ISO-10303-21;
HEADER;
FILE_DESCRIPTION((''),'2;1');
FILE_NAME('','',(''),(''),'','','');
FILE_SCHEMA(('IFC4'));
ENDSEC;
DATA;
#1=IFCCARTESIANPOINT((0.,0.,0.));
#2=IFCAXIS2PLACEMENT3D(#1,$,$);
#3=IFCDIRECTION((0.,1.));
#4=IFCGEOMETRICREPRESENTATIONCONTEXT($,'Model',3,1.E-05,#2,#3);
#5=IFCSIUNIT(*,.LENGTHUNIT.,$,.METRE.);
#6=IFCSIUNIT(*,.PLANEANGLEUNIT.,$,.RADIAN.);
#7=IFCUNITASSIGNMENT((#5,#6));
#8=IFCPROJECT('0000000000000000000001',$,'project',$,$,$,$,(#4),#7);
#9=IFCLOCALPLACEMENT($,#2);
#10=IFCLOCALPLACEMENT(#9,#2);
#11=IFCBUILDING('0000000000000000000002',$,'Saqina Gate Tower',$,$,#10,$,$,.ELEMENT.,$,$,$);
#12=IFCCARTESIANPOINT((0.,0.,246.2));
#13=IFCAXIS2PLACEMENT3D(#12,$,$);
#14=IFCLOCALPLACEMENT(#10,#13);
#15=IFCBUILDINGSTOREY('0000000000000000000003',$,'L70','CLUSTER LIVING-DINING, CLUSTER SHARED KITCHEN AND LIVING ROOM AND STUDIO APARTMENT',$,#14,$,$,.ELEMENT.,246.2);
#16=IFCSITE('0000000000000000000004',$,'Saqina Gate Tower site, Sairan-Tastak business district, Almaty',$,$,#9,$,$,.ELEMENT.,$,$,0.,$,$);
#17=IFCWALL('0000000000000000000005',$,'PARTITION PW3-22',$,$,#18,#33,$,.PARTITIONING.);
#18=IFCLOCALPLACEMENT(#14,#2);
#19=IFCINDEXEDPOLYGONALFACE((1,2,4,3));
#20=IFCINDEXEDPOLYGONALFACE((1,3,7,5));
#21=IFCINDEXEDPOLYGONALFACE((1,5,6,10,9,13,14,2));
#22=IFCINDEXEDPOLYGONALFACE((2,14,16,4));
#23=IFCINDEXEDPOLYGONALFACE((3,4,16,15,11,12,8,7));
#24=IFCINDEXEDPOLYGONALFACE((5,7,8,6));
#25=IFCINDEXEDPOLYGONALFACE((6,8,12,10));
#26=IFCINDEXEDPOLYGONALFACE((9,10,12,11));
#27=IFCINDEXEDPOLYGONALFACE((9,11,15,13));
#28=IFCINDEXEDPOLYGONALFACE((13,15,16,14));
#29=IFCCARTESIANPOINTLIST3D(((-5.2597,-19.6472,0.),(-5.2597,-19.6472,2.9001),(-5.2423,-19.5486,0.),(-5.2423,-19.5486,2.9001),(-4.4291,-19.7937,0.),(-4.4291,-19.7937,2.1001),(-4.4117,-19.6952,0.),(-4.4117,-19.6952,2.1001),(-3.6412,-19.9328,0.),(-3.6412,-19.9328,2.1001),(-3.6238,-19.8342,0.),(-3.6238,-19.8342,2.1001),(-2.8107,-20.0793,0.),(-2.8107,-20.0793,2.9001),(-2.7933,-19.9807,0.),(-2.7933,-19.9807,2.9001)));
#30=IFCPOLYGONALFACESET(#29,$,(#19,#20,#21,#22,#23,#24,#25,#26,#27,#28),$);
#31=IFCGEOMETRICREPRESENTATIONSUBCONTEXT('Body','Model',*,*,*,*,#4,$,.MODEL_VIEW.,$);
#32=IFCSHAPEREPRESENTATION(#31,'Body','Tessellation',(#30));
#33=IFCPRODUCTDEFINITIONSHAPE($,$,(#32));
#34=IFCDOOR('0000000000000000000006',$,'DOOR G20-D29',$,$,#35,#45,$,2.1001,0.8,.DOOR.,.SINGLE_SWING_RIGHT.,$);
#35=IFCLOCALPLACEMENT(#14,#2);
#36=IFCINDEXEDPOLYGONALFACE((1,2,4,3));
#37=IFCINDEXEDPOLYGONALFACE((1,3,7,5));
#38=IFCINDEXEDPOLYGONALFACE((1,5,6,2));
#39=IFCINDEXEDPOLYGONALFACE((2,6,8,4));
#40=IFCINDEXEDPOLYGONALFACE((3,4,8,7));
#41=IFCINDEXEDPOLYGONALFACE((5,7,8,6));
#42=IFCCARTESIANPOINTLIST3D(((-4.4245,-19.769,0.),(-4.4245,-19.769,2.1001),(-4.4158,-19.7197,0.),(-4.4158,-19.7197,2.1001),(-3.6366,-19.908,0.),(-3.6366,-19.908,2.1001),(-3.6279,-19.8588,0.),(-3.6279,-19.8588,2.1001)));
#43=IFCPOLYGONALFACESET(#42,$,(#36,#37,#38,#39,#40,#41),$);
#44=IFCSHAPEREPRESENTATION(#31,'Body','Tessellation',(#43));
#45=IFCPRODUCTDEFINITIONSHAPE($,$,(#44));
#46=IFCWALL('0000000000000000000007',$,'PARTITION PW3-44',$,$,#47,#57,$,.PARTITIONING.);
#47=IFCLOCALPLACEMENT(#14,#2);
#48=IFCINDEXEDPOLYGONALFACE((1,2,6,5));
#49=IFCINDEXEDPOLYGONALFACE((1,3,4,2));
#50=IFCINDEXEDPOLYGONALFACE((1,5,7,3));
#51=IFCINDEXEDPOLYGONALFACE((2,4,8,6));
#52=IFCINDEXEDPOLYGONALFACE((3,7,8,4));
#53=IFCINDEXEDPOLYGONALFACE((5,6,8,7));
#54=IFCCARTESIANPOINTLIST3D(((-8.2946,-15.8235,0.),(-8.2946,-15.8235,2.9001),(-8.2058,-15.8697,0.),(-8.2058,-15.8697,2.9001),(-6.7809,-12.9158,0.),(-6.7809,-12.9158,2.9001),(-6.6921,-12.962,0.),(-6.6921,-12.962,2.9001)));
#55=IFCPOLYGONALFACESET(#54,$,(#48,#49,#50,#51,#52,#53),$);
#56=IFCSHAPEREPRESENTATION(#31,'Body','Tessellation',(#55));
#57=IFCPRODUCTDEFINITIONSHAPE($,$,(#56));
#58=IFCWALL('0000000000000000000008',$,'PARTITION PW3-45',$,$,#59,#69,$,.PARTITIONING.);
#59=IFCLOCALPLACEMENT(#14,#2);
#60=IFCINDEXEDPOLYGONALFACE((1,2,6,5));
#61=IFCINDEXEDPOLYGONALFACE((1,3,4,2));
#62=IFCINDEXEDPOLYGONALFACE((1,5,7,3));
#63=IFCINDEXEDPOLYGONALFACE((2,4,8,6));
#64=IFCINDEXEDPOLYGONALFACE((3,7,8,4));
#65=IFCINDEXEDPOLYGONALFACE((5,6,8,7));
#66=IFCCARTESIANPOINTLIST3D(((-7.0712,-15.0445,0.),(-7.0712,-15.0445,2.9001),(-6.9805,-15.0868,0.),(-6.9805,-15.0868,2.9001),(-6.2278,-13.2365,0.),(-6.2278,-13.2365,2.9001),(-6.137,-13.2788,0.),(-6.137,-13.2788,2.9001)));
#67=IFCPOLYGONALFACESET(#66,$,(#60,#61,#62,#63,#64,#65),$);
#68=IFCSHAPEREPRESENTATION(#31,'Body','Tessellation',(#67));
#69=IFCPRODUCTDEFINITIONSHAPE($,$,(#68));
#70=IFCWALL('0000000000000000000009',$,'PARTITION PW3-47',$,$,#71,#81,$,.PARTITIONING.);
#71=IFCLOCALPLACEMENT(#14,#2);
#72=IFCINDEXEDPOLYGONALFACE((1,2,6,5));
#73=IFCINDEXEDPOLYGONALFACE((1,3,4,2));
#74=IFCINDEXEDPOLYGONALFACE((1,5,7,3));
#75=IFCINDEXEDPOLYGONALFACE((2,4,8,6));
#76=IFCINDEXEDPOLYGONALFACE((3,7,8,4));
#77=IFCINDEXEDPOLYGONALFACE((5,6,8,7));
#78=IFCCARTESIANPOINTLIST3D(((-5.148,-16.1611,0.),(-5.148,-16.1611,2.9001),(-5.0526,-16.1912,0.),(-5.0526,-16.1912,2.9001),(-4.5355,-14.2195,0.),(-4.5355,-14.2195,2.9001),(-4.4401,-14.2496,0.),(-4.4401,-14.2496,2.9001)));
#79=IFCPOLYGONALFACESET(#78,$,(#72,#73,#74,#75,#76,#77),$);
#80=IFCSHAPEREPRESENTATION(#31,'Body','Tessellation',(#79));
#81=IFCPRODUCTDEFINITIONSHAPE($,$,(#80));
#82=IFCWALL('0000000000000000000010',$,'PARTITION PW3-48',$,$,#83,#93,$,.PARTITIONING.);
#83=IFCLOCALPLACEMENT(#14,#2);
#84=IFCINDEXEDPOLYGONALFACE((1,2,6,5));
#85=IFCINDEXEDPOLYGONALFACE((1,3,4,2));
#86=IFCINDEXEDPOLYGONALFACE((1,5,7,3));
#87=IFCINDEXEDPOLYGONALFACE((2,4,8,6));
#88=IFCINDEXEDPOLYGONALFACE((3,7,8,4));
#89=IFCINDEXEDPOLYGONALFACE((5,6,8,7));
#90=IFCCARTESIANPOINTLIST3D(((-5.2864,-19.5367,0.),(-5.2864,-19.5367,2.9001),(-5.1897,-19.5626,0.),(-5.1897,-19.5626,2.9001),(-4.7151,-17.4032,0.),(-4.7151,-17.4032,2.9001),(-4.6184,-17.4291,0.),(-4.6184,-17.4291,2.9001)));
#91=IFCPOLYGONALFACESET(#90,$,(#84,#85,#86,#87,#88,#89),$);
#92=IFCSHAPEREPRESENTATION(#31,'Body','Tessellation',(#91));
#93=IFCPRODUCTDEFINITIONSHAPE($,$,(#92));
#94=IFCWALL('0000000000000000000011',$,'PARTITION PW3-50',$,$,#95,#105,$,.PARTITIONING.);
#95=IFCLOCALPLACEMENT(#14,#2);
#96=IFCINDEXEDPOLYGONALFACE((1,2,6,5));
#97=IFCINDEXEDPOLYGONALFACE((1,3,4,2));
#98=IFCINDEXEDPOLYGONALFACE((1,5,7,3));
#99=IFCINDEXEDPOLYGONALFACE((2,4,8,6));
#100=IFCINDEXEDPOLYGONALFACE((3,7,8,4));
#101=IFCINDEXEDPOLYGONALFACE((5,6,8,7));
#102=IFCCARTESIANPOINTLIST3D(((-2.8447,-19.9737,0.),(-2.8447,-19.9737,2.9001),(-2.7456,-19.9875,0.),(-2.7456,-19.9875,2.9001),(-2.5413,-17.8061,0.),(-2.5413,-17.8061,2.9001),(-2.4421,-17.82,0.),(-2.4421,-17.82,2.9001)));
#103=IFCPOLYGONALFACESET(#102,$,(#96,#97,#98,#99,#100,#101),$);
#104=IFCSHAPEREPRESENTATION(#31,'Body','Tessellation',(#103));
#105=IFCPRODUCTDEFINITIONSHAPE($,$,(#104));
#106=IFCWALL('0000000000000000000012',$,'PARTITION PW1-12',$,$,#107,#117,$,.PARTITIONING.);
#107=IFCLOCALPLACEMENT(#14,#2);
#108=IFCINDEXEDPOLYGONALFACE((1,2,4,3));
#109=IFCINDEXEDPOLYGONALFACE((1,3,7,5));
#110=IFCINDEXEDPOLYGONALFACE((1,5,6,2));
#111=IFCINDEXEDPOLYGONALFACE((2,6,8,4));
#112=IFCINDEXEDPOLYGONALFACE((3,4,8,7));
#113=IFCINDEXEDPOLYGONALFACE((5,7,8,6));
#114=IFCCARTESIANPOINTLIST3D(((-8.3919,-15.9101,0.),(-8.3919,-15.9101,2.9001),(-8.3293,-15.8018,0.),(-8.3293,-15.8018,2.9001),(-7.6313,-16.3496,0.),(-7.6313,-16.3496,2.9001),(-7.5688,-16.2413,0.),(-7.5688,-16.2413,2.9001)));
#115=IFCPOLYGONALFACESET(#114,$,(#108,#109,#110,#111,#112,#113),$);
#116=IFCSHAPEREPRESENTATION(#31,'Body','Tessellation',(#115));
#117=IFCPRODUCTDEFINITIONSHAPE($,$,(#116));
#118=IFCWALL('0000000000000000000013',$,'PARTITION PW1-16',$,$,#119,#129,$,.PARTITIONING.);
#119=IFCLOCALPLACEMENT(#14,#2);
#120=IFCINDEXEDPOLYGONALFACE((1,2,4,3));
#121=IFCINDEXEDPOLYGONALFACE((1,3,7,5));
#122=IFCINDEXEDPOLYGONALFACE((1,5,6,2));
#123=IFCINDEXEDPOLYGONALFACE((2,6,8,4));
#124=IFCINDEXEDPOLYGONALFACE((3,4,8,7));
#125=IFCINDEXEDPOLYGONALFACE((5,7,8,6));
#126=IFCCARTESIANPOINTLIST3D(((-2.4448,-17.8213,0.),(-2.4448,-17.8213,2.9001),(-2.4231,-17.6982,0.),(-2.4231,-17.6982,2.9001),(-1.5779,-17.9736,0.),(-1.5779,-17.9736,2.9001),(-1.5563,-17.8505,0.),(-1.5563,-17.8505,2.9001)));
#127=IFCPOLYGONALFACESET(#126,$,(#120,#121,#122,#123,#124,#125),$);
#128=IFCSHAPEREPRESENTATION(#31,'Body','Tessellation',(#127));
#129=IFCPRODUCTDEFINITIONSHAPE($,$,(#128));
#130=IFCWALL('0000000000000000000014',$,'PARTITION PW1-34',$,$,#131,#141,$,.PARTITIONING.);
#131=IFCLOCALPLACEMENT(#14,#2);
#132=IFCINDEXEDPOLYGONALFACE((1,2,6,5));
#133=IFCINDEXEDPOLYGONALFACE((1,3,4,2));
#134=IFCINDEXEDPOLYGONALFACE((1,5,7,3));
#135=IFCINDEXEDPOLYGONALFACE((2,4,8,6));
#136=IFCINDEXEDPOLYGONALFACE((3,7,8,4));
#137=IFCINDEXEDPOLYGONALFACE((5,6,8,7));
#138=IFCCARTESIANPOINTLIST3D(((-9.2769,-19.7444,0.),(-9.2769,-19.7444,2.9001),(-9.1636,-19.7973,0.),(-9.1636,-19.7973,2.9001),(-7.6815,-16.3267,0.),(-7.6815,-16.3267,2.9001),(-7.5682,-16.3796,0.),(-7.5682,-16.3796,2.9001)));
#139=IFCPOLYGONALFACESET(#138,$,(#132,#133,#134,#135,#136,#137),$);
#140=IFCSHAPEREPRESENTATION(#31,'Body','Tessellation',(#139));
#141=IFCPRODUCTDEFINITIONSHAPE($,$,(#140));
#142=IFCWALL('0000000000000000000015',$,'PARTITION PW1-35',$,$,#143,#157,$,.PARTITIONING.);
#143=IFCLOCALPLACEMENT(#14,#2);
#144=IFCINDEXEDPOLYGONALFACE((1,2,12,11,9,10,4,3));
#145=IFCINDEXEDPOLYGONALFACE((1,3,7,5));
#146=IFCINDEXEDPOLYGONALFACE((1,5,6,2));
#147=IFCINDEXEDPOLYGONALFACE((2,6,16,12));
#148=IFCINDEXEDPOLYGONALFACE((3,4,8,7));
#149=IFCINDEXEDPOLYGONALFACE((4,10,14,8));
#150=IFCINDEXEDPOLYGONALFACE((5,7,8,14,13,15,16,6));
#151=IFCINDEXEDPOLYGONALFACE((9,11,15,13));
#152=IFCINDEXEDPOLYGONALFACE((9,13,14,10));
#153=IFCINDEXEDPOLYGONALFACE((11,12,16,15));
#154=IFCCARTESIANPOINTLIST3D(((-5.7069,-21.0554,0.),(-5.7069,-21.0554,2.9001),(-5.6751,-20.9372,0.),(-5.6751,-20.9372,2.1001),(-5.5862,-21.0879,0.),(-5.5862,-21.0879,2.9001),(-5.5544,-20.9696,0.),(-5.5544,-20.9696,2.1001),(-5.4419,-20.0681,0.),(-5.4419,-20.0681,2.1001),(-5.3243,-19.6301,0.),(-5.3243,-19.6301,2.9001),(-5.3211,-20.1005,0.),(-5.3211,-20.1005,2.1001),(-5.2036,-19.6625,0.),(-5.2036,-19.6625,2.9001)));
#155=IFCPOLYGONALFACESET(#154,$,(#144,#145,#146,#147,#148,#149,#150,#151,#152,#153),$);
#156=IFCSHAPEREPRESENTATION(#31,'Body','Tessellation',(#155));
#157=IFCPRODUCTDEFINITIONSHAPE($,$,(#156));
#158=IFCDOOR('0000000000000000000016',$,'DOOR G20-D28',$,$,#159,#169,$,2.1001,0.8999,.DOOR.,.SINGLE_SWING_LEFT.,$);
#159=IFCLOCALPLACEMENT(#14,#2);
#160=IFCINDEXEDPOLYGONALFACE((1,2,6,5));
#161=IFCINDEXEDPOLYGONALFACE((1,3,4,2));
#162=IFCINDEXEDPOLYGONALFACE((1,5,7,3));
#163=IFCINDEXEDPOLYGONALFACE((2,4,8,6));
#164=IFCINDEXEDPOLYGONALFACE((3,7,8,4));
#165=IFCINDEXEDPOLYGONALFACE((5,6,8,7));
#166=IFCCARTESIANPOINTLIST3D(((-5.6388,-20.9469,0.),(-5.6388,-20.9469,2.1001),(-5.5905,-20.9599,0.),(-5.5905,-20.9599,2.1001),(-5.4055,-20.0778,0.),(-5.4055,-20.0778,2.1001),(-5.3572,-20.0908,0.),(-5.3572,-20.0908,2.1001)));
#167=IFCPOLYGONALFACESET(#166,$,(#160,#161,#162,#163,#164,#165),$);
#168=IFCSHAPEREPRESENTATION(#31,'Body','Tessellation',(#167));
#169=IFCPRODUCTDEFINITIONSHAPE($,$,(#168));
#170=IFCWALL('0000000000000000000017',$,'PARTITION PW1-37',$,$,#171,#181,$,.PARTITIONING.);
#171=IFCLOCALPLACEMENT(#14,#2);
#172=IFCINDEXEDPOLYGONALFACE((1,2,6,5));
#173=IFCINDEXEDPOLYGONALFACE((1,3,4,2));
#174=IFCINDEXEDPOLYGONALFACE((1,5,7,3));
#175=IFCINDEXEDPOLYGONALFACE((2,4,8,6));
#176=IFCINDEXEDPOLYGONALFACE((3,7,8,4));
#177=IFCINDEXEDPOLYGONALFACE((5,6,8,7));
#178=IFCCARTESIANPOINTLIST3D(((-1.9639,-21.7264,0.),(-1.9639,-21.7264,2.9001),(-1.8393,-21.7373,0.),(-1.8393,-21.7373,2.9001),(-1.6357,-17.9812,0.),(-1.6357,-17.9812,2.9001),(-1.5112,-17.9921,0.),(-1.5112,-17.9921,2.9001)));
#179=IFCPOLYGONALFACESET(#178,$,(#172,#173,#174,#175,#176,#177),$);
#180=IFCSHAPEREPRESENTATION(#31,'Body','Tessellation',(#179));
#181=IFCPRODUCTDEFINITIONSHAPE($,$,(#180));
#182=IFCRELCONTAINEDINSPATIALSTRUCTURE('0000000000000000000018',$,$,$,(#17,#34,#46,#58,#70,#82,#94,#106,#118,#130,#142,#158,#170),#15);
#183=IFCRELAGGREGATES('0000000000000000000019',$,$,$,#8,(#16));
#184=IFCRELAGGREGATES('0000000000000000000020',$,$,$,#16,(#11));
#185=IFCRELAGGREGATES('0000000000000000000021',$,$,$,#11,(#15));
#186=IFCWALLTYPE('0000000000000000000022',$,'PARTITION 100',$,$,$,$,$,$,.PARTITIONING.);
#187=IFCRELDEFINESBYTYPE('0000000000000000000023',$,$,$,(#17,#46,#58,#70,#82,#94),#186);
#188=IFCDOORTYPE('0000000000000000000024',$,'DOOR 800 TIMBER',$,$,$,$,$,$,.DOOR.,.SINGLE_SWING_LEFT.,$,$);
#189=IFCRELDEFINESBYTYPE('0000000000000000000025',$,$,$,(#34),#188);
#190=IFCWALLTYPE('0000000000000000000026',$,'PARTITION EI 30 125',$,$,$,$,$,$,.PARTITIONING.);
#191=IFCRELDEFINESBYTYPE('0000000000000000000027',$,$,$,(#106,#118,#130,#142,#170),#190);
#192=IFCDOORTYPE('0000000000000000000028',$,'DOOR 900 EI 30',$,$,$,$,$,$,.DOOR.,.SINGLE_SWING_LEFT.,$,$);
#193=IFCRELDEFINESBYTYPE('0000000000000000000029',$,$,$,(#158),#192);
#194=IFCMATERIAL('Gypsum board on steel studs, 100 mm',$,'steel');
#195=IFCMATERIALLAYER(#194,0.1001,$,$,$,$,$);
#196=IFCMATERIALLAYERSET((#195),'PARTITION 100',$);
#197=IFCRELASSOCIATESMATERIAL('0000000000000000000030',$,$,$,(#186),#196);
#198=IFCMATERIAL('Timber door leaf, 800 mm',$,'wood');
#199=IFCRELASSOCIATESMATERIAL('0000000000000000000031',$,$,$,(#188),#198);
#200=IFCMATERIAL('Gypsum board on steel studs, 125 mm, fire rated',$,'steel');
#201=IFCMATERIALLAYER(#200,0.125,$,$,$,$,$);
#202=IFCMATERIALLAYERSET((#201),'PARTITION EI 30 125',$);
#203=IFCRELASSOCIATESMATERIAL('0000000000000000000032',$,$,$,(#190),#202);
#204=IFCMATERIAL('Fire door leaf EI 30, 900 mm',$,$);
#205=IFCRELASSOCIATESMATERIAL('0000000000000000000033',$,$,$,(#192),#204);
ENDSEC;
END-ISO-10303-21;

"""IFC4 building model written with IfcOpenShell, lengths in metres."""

from ifc_helpers import new_model, si_unit, direction, frame, frame_2d, origin, place, context, subcontext, project, spatial, rectangle, extrude, material, layer, layer_set, type_object, element, fill, save


model = new_model("IFC4")

# Units and contexts
model_context = context("Model", 3, precision=1e-05, world=origin(), true_north=direction((0.0, 1.0)))
body_context = subcontext(model_context, "Body", "Model", "MODEL_VIEW")
ifc_project = project(units=[si_unit("LENGTHUNIT", "METRE"), si_unit("PLANEANGLEUNIT", "RADIAN")], contexts=[model_context])

# Site, building, storey
site_placement = place(None, origin())
site = spatial("IfcSite", under=ifc_project, at=site_placement, Name="Saqina Gate Tower site, Sairan-Tastak business district, Almaty", CompositionType="ELEMENT", RefElevation=0.0)
building_placement = place(site_placement, origin())
building = spatial("IfcBuilding", under=site, at=building_placement, Name="Saqina Gate Tower", CompositionType="ELEMENT")
storey_placement = place(building_placement, frame((0.0, 0.0, 246.2)))
storey = spatial("IfcBuildingStorey", under=building, at=storey_placement, Name="L70", Description="CLUSTER LIVING-DINING, CLUSTER SHARED KITCHEN AND LIVING ROOM AND STUDIO APARTMENT", CompositionType="ELEMENT", Elevation=246.2)

# Shared definitions
ifc_material_1 = material(Name="Gypsum board on steel studs, 100 mm", Category="steel")
ifc_layer_1 = layer(ifc_material_1, 0.1001)
ifc_layer_set_1 = layer_set([ifc_layer_1], Name="PARTITION 100")
wall_type_1 = type_object("IfcWallType", Name="PARTITION 100", PredefinedType="PARTITIONING", material=ifc_layer_set_1)
ifc_material_2 = material(Name="Timber door leaf, 800 mm", Category="wood")
door_type_1 = type_object("IfcDoorType", Name="DOOR 800 TIMBER", OperationType="SINGLE_SWING_LEFT", PredefinedType="DOOR", material=ifc_material_2)

# Wall, opening, door
wall_1_placement = place(storey_placement, frame((-5.251, -19.5979, 0.0), z_axis=(0.0, 0.0, 1.0), x_axis=(0.984787, -0.173769, 0.0)))
wall_1 = element("IfcWall", 1, at=wall_1_placement, inside=storey, type_object=wall_type_1, Name="PARTITION PW3-22", PredefinedType="PARTITIONING", context=body_context, shape_type="SweptSolid", body=[
    extrude(rectangle(XDim=2.4868, YDim=0.1001, at=frame_2d((1.2434, 0.0))), origin(), (0.0, 0.0, 1.0), 2.9001),
])
opening_1_placement = place(wall_1_placement, frame((0.8435, 0.0, 0.0)))
opening_1 = element("IfcOpeningElement", 2, at=opening_1_placement, cuts=wall_1, PredefinedType="OPENING", context=body_context, shape_type="SweptSolid", body=[
    extrude(rectangle(XDim=0.8, YDim=2.1001, at=frame_2d((0.3999, 1.05))), frame((0.0, 0.062, 0.0), z_axis=(0.0, -1.0, 0.0), x_axis=(1.0, 0.0, 0.0)), (0.0, 0.0, 1.0), 0.124),
])
door_1_placement = place(opening_1_placement, frame((0.8, 0.0, 0.0), z_axis=(0.0, 0.0, 1.0), x_axis=(-1.0, 0.0, 0.0)))
door_1 = element("IfcDoor", 3, at=door_1_placement, inside=storey, type_object=door_type_1, Name="DOOR G20-D29", OperationType="SINGLE_SWING_RIGHT", OverallHeight=2.1001, OverallWidth=0.8, PredefinedType="DOOR", context=body_context, shape_type="SweptSolid", body=[
    extrude(rectangle(XDim=0.8, YDim=2.1001, at=frame_2d((0.3999, 1.05))), frame((0.0, 0.0249, 0.0), z_axis=(0.0, -1.0, 0.0), x_axis=(1.0, 0.0, 0.0)), (0.0, 0.0, 1.0), 0.05),
])
fill(opening_1, door_1)

# Walls
wall_2_placement = place(storey_placement, frame((-8.2502, -15.8467, 0.0), z_axis=(0.0, 0.0, 1.0), x_axis=(0.461751, 0.887009, 0.0)))
element("IfcWall", 4, at=wall_2_placement, inside=storey, type_object=wall_type_1, Name="PARTITION PW3-44", PredefinedType="PARTITIONING", context=body_context, shape_type="SweptSolid", body=[
    extrude(rectangle(XDim=3.2781, YDim=0.1001, at=frame_2d((1.6392, 0.0))), origin(), (0.0, 0.0, 1.0), 2.9001),
])
wall_3_placement = place(storey_placement, frame((-7.0259, -15.0657, 0.0), z_axis=(0.0, 0.0, 1.0), x_axis=(0.422772, 0.906236, 0.0)))
element("IfcWall", 5, at=wall_3_placement, inside=storey, type_object=wall_type_1, Name="PARTITION PW3-45", PredefinedType="PARTITIONING", context=body_context, shape_type="SweptSolid", body=[
    extrude(rectangle(XDim=1.9951, YDim=0.1001, at=frame_2d((0.9976, 0.0))), origin(), (0.0, 0.0, 1.0), 2.9001),
])
wall_4_placement = place(storey_placement, frame((-5.1003, -16.1763, 0.0), z_axis=(0.0, 0.0, 1.0), x_axis=(0.300862, 0.953668, 0.0)))
element("IfcWall", 6, at=wall_4_placement, inside=storey, type_object=wall_type_1, Name="PARTITION PW3-47", PredefinedType="PARTITIONING", context=body_context, shape_type="SweptSolid", body=[
    extrude(rectangle(XDim=2.0359, YDim=0.1001, at=frame_2d((1.0181, 0.0))), origin(), (0.0, 0.0, 1.0), 2.9001),
])
wall_5_placement = place(storey_placement, frame((-5.238, -19.5498, 0.0), z_axis=(0.0, 0.0, 1.0), x_axis=(0.258653, 0.96597, 0.0)))
element("IfcWall", 7, at=wall_5_placement, inside=storey, type_object=wall_type_1, Name="PARTITION PW3-48", PredefinedType="PARTITIONING", context=body_context, shape_type="SweptSolid", body=[
    extrude(rectangle(XDim=2.2087, YDim=0.1001, at=frame_2d((1.1045, 0.0))), origin(), (0.0, 0.0, 1.0), 2.9001),
])
wall_6_placement = place(storey_placement, frame((-2.7952, -19.9805, 0.0), z_axis=(0.0, 0.0, 1.0), x_axis=(0.138657, 0.990341, 0.0)))
element("IfcWall", 8, at=wall_6_placement, inside=storey, type_object=wall_type_1, Name="PARTITION PW3-50", PredefinedType="PARTITIONING", context=body_context, shape_type="SweptSolid", body=[
    extrude(rectangle(XDim=2.1887, YDim=0.1001, at=frame_2d((1.0942, 0.0))), origin(), (0.0, 0.0, 1.0), 2.9001),
])
ifc_material_3 = material(Name="Gypsum board on steel studs, 125 mm, fire rated", Category="steel")
ifc_layer_2 = layer(ifc_material_3, 0.125)
ifc_layer_set_2 = layer_set([ifc_layer_2], Name="PARTITION EI 30 125")
wall_type_2 = type_object("IfcWallType", Name="PARTITION EI 30 125", PredefinedType="PARTITIONING", material=ifc_layer_set_2)
wall_7_placement = place(storey_placement, frame((-8.3606, -15.856, 0.0), z_axis=(0.0, 0.0, 1.0), x_axis=(0.865838, -0.500324, 0.0)))
element("IfcWall", 9, at=wall_7_placement, inside=storey, type_object=wall_type_2, Name="PARTITION PW1-12", PredefinedType="PARTITIONING", context=body_context, shape_type="SweptSolid", body=[
    extrude(rectangle(XDim=0.8784, YDim=0.125, at=frame_2d((0.4392, 0.0))), origin(), (0.0, 0.0, 1.0), 2.9001),
])
wall_8_placement = place(storey_placement, frame((-2.4338, -17.7598, 0.0), z_axis=(0.0, 0.0, 1.0), x_axis=(0.984909, -0.173073, 0.0)))
element("IfcWall", 10, at=wall_8_placement, inside=storey, type_object=wall_type_2, Name="PARTITION PW1-16", PredefinedType="PARTITIONING", context=body_context, shape_type="SweptSolid", body=[
    extrude(rectangle(XDim=0.8801, YDim=0.125, at=frame_2d((0.4399, 0.0))), origin(), (0.0, 0.0, 1.0), 2.9001),
])
wall_9_placement = place(storey_placement, frame((-9.2202, -19.7708, 0.0), z_axis=(0.0, 0.0, 1.0), x_axis=(0.422999, 0.90613, 0.0)))
element("IfcWall", 11, at=wall_9_placement, inside=storey, type_object=wall_type_2, Name="PARTITION PW1-34", PredefinedType="PARTITIONING", context=body_context, shape_type="SweptSolid", body=[
    extrude(rectangle(XDim=3.7717, YDim=0.125, at=frame_2d((1.8857, 0.0))), origin(), (0.0, 0.0, 1.0), 2.9001),
])

# Wall, opening, door
wall_10_placement = place(storey_placement, frame((-5.6465, -21.0715, 0.0), z_axis=(0.0, 0.0, 1.0), x_axis=(0.259238, 0.965814, 0.0)))
wall_10 = element("IfcWall", 12, at=wall_10_placement, inside=storey, type_object=wall_type_2, Name="PARTITION PW1-35", PredefinedType="PARTITIONING", context=body_context, shape_type="SweptSolid", body=[
    extrude(rectangle(XDim=1.4758, YDim=0.125, at=frame_2d((0.7378, 0.0))), origin(), (0.0, 0.0, 1.0), 2.9001),
])
opening_2_placement = place(wall_10_placement, frame((0.1223, 0.0, 0.0)))
opening_2 = element("IfcOpeningElement", 13, at=opening_2_placement, cuts=wall_10, PredefinedType="OPENING", context=body_context, shape_type="SweptSolid", body=[
    extrude(rectangle(XDim=0.8999, YDim=2.1001, at=frame_2d((0.45, 1.05))), frame((0.0, 0.0745, 0.0), z_axis=(0.0, -1.0, 0.0), x_axis=(1.0, 0.0, 0.0)), (0.0, 0.0, 1.0), 0.1489),
])
ifc_material_4 = material(Name="Fire door leaf EI 30, 900 mm")
door_type_2 = type_object("IfcDoorType", Name="DOOR 900 EI 30", OperationType="SINGLE_SWING_LEFT", PredefinedType="DOOR", material=ifc_material_4)
door_2_placement = place(opening_2_placement, origin())
door_2 = element("IfcDoor", 14, at=door_2_placement, inside=storey, type_object=door_type_2, Name="DOOR G20-D28", OperationType="SINGLE_SWING_LEFT", OverallHeight=2.1001, OverallWidth=0.8999, PredefinedType="DOOR", context=body_context, shape_type="SweptSolid", body=[
    extrude(rectangle(XDim=0.8999, YDim=2.1001, at=frame_2d((0.45, 1.05))), frame((0.0, 0.0249, 0.0), z_axis=(0.0, -1.0, 0.0), x_axis=(1.0, 0.0, 0.0)), (0.0, 0.0, 1.0), 0.05),
])
fill(opening_2, door_2)

# Wall
wall_11_placement = place(storey_placement, frame((-1.9016, -21.7319, 0.0), z_axis=(0.0, 0.0, 1.0), x_axis=(0.08728, 0.996184, 0.0)))
element("IfcWall", 15, at=wall_11_placement, inside=storey, type_object=wall_type_2, Name="PARTITION PW1-37", PredefinedType="PARTITIONING", context=body_context, shape_type="SweptSolid", body=[
    extrude(rectangle(XDim=3.7595, YDim=0.125, at=frame_2d((1.8799, 0.0))), origin(), (0.0, 0.0, 1.0), 2.9001),
])

save(model, "model.ifc")
